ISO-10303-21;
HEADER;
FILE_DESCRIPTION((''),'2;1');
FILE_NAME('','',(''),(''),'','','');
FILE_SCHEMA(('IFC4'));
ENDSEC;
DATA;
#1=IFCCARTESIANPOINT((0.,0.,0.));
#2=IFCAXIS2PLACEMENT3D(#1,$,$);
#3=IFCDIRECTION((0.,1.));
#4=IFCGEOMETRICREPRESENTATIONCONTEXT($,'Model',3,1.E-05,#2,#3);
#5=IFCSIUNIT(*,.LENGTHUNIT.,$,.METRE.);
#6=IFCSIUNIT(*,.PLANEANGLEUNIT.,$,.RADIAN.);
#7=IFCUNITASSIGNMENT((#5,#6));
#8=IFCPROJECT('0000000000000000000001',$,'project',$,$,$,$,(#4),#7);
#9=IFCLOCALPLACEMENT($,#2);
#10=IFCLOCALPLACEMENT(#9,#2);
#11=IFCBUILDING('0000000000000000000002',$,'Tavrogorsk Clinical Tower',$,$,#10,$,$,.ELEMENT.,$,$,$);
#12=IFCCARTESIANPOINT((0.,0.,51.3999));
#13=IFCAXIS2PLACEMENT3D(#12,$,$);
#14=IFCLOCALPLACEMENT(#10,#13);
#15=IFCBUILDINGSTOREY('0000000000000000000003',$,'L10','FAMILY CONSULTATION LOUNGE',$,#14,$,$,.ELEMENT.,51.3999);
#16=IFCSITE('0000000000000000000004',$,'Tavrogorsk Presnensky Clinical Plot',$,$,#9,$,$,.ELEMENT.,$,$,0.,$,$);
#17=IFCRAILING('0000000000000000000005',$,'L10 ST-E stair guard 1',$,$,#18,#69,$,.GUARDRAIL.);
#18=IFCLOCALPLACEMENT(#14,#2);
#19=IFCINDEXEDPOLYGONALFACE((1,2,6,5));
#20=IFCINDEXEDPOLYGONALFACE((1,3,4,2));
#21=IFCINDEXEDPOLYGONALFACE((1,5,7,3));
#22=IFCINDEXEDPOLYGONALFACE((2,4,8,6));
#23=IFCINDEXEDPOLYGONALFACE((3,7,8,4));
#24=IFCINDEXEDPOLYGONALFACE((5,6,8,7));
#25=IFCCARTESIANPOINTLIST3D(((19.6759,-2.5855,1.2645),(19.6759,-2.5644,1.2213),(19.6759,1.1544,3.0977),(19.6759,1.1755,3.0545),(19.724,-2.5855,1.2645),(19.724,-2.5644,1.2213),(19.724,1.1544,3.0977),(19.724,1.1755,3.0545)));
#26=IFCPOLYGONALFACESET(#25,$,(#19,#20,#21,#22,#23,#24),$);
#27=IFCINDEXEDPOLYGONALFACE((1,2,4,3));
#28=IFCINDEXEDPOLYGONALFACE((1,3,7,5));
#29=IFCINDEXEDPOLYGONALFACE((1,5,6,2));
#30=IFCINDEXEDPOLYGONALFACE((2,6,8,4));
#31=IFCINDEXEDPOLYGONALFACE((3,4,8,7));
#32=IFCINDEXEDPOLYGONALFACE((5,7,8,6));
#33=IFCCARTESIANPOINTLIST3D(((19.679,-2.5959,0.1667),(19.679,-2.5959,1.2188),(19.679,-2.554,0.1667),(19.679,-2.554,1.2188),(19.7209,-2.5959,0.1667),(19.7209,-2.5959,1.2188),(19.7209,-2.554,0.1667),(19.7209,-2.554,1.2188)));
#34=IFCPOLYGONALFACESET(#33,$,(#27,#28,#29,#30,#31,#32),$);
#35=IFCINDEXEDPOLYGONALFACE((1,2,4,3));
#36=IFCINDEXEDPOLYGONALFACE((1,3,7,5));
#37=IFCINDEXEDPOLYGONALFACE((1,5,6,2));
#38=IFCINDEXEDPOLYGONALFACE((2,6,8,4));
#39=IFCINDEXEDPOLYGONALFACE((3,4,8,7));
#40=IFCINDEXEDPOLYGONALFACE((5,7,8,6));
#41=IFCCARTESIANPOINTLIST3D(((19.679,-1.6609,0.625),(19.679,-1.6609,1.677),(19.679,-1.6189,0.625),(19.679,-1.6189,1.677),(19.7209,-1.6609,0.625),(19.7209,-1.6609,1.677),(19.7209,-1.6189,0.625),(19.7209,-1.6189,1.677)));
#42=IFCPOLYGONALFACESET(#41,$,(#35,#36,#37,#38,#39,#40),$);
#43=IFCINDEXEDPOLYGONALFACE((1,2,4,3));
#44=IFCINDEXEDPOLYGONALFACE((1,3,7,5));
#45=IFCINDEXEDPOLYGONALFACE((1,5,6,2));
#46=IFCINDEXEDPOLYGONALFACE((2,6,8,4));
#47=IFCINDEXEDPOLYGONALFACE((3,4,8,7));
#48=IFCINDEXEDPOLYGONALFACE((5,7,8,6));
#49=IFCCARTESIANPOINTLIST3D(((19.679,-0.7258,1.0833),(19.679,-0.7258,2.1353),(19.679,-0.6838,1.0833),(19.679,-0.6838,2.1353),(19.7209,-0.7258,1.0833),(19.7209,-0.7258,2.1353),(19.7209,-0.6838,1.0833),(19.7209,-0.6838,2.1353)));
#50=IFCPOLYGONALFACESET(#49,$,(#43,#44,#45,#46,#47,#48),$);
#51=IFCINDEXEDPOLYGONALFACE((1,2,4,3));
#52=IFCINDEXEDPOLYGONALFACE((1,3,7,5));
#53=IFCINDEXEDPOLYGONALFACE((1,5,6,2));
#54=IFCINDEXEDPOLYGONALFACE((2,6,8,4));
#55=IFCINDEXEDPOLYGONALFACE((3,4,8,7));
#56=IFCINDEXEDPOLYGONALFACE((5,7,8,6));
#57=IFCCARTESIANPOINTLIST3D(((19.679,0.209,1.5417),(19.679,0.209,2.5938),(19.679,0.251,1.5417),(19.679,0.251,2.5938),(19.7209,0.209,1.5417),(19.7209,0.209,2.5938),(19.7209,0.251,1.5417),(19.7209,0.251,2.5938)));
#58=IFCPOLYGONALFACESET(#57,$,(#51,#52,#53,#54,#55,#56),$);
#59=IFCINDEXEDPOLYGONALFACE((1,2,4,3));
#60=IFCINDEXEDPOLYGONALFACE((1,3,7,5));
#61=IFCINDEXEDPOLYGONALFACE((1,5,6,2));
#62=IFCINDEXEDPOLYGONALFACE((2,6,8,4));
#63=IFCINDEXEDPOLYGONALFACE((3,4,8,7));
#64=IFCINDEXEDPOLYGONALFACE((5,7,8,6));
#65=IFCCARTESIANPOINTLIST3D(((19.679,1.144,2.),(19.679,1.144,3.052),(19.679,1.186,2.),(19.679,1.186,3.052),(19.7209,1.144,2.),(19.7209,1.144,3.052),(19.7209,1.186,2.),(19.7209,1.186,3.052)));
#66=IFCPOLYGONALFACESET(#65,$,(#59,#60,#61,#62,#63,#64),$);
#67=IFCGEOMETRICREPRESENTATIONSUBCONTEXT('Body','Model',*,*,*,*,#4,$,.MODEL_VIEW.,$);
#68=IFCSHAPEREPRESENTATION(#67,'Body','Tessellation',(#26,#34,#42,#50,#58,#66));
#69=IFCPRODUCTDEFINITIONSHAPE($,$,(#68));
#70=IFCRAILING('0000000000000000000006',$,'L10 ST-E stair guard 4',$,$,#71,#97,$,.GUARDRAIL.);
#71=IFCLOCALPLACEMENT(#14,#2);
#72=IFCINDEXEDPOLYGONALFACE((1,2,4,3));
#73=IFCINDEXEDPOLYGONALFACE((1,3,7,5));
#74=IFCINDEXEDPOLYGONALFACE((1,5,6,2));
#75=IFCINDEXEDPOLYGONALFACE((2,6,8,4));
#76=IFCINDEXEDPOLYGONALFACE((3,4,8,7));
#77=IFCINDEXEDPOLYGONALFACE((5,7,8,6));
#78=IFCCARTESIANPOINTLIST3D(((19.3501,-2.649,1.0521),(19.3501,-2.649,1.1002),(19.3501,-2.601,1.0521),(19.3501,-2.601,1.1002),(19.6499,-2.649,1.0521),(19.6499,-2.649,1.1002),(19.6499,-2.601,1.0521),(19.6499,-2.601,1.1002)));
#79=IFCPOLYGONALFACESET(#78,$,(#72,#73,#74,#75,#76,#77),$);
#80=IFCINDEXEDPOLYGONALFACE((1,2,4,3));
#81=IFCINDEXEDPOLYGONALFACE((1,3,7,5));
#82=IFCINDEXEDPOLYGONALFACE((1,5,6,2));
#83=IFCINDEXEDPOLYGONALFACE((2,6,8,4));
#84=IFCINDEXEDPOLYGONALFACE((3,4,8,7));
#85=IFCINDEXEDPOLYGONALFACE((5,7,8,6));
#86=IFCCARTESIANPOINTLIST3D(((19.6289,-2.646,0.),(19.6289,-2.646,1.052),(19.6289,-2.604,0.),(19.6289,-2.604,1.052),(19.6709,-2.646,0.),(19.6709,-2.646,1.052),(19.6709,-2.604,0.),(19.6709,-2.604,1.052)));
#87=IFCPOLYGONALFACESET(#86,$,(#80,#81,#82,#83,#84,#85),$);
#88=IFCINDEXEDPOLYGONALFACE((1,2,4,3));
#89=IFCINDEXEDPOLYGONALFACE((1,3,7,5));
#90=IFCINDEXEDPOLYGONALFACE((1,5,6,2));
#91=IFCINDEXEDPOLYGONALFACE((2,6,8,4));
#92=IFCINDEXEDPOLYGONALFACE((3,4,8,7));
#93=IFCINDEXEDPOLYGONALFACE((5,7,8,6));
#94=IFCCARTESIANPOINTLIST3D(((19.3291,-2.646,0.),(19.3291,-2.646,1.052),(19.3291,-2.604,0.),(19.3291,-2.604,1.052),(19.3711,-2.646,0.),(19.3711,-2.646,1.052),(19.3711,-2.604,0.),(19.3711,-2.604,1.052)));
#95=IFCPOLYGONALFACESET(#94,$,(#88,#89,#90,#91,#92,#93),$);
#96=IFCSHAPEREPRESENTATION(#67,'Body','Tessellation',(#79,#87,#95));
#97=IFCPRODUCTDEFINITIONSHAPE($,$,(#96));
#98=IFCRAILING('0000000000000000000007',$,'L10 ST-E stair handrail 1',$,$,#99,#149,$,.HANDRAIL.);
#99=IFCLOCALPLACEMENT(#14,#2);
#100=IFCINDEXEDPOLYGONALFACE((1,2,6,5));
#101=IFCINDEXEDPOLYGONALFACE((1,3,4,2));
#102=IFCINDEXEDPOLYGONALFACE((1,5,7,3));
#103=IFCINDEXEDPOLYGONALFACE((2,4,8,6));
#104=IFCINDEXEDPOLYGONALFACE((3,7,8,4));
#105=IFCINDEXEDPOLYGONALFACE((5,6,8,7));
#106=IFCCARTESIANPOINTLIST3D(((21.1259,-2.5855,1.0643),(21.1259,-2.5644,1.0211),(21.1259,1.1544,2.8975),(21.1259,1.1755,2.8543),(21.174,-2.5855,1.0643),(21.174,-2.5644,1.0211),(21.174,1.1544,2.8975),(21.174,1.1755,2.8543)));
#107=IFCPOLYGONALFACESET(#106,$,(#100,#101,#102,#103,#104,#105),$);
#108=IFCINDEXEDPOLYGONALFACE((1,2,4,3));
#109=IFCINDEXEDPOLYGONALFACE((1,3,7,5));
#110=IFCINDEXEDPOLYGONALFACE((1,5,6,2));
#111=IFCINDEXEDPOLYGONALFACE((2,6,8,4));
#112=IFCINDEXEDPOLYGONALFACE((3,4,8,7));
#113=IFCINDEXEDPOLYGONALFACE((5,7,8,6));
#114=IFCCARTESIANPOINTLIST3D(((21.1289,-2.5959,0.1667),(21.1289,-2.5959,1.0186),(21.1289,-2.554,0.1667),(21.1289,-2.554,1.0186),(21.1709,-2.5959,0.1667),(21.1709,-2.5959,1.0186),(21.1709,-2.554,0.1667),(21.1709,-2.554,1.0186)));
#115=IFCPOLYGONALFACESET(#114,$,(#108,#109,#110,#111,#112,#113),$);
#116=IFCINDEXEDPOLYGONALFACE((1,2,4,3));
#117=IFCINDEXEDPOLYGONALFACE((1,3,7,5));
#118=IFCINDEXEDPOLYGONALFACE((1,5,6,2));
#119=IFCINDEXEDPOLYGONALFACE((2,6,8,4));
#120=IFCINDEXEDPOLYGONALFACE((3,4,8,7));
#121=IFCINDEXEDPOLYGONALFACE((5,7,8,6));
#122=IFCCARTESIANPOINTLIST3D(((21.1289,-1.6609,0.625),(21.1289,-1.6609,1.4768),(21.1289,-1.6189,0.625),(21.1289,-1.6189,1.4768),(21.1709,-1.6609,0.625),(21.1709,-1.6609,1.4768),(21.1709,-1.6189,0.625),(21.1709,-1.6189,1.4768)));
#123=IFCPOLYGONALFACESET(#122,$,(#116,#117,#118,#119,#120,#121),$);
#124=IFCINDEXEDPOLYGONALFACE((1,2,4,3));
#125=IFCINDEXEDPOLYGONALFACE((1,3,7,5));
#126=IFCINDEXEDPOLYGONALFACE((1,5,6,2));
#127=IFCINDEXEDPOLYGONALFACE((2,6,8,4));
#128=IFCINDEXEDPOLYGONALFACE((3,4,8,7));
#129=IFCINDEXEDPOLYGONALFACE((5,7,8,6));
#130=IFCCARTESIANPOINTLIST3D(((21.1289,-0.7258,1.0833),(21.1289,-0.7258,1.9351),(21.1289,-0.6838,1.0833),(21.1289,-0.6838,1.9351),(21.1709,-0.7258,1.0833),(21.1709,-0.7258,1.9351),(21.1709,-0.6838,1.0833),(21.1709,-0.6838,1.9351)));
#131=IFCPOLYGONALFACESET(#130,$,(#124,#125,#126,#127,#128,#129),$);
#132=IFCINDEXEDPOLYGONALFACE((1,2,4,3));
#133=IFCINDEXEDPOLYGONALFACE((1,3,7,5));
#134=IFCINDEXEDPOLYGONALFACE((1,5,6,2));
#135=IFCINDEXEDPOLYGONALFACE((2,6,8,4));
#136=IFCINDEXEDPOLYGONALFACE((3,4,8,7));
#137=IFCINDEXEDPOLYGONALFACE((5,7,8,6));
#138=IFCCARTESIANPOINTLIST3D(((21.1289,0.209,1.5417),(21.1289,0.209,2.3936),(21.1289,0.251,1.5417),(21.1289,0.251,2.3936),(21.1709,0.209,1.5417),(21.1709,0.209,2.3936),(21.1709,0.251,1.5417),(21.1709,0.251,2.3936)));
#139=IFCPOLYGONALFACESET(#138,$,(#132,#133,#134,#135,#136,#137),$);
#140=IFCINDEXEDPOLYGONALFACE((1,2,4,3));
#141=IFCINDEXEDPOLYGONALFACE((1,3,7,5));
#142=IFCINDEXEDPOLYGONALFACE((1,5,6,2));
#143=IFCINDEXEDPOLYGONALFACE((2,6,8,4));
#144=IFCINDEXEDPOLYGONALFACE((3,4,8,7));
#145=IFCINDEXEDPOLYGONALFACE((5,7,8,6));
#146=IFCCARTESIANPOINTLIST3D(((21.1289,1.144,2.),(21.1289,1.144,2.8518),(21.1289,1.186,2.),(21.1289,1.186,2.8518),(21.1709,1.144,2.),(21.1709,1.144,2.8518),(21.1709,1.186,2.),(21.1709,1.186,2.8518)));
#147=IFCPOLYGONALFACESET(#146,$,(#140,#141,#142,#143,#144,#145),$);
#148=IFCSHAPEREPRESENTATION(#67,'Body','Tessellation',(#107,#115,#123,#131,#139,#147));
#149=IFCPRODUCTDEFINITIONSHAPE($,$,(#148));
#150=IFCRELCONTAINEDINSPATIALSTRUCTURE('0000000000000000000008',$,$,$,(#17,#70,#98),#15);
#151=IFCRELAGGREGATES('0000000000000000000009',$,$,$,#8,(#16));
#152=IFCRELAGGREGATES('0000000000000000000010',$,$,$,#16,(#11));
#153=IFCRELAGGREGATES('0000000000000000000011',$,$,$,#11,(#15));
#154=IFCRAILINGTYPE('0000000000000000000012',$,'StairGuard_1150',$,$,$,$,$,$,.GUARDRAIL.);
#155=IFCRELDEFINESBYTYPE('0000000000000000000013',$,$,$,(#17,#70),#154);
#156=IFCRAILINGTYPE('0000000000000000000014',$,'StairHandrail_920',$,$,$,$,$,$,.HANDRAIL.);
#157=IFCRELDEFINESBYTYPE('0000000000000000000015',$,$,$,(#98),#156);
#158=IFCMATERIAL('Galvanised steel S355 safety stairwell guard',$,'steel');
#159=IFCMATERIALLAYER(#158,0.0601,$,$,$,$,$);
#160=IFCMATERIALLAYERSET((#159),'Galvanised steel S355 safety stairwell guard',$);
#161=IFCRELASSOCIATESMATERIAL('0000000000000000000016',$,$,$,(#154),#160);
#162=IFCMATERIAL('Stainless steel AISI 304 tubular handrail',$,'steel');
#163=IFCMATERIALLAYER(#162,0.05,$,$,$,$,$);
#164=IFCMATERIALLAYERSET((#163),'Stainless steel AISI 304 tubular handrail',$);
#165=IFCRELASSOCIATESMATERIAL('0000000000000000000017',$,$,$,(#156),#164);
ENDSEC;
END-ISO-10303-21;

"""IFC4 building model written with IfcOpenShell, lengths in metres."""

from ifc_helpers import new_model, si_unit, direction, frame, origin, origin_2d, place, context, subcontext, project, spatial, rectangle, extrude, material, layer, layer_set, type_object, element, save


model = new_model("IFC4")

# Units and contexts
model_context = context("Model", 3, precision=1e-05, world=origin(), true_north=direction((0.0, 1.0)))
body_context = subcontext(model_context, "Body", "Model", "MODEL_VIEW")
ifc_project = project(units=[si_unit("LENGTHUNIT", "METRE"), si_unit("PLANEANGLEUNIT", "RADIAN")], contexts=[model_context])

# Site, building, storey
site_placement = place(None, origin())
site = spatial("IfcSite", under=ifc_project, at=site_placement, Name="Tavrogorsk Presnensky Clinical Plot", CompositionType="ELEMENT", RefElevation=0.0)
building_placement = place(site_placement, origin())
building = spatial("IfcBuilding", under=site, at=building_placement, Name="Tavrogorsk Clinical Tower", CompositionType="ELEMENT")
storey_placement = place(building_placement, frame((0.0, 0.0, 51.3999)))
storey = spatial("IfcBuildingStorey", under=building, at=storey_placement, Name="L10", Description="FAMILY CONSULTATION LOUNGE", CompositionType="ELEMENT", Elevation=51.3999)

# Railings
ifc_material_1 = material(Name="Galvanised steel S355 safety stairwell guard", Category="steel")
ifc_layer_1 = layer(ifc_material_1, 0.0601)
ifc_layer_set_1 = layer_set([ifc_layer_1], Name="Galvanised steel S355 safety stairwell guard")
railing_type_1 = type_object("IfcRailingType", Name="StairGuard_1150", PredefinedType="GUARDRAIL", material=ifc_layer_set_1)
railing_1_placement = place(storey_placement, frame((19.7, -2.575, 0.1667)))
element("IfcRailing", 1, at=railing_1_placement, inside=storey, type_object=railing_type_1, Name="L10 ST-E stair guard 1", PredefinedType="GUARDRAIL", context=body_context, shape_type="SweptSolid", body=[
    extrude(rectangle(XDim=0.0481, YDim=0.0481, at=origin_2d()), frame((0.0, 0.0, 1.0762), z_axis=(0.0, 0.897928, 0.440142), x_axis=(-1.0, 0.0, 0.0)), (0.0, 0.0, 1.0), 4.165),
    extrude(rectangle(XDim=0.042, YDim=0.042, at=origin_2d()), origin(), (0.0, 0.0, 1.0), 1.052),
    extrude(rectangle(XDim=0.042, YDim=0.042, at=origin_2d()), frame((0.0, 0.9351, 0.4583)), (0.0, 0.0, 1.0), 1.052),
    extrude(rectangle(XDim=0.042, YDim=0.042, at=origin_2d()), frame((0.0, 1.8701, 0.9165)), (0.0, 0.0, 1.0), 1.052),
    extrude(rectangle(XDim=0.042, YDim=0.042, at=origin_2d()), frame((0.0, 2.8049, 1.375)), (0.0, 0.0, 1.0), 1.052),
    extrude(rectangle(XDim=0.042, YDim=0.042, at=origin_2d()), frame((0.0, 3.74, 1.8333)), (0.0, 0.0, 1.0), 1.052),
])
railing_2_placement = place(storey_placement, frame((19.6499, -2.625, 0.0)))
element("IfcRailing", 2, at=railing_2_placement, inside=storey, type_object=railing_type_1, Name="L10 ST-E stair guard 4", PredefinedType="GUARDRAIL", context=body_context, shape_type="SweptSolid", body=[
    extrude(rectangle(XDim=0.0481, YDim=0.0481, at=origin_2d()), frame((0.0, 0.0, 1.0762), z_axis=(-1.0, 0.0, 0.0), x_axis=(0.0, -1.0, 0.0)), (0.0, 0.0, 1.0), 0.2998),
    extrude(rectangle(XDim=0.042, YDim=0.042, at=origin_2d()), origin(), (0.0, 0.0, 1.0), 1.052),
    extrude(rectangle(XDim=0.042, YDim=0.042, at=origin_2d()), frame((-0.2998, 0.0, 0.0)), (0.0, 0.0, 1.0), 1.052),
])
ifc_material_2 = material(Name="Stainless steel AISI 304 tubular handrail", Category="steel")
ifc_layer_2 = layer(ifc_material_2, 0.05)
ifc_layer_set_2 = layer_set([ifc_layer_2], Name="Stainless steel AISI 304 tubular handrail")
railing_type_2 = type_object("IfcRailingType", Name="StairHandrail_920", PredefinedType="HANDRAIL", material=ifc_layer_set_2)
railing_3_placement = place(storey_placement, frame((21.1499, -2.575, 0.1667)))
element("IfcRailing", 3, at=railing_3_placement, inside=storey, type_object=railing_type_2, Name="L10 ST-E stair handrail 1", PredefinedType="HANDRAIL", context=body_context, shape_type="SweptSolid", body=[
    extrude(rectangle(XDim=0.0481, YDim=0.0481, at=origin_2d()), frame((0.0, 0.0, 0.876), z_axis=(0.0, 0.897928, 0.440142), x_axis=(-1.0, 0.0, 0.0)), (0.0, 0.0, 1.0), 4.165),
    extrude(rectangle(XDim=0.042, YDim=0.042, at=origin_2d()), origin(), (0.0, 0.0, 1.0), 0.8518),
    extrude(rectangle(XDim=0.042, YDim=0.042, at=origin_2d()), frame((0.0, 0.9351, 0.4583)), (0.0, 0.0, 1.0), 0.8518),
    extrude(rectangle(XDim=0.042, YDim=0.042, at=origin_2d()), frame((0.0, 1.8701, 0.9165)), (0.0, 0.0, 1.0), 0.8518),
    extrude(rectangle(XDim=0.042, YDim=0.042, at=origin_2d()), frame((0.0, 2.8049, 1.375)), (0.0, 0.0, 1.0), 0.8518),
    extrude(rectangle(XDim=0.042, YDim=0.042, at=origin_2d()), frame((0.0, 3.74, 1.8333)), (0.0, 0.0, 1.0), 0.8518),
])

save(model, "model.ifc")
